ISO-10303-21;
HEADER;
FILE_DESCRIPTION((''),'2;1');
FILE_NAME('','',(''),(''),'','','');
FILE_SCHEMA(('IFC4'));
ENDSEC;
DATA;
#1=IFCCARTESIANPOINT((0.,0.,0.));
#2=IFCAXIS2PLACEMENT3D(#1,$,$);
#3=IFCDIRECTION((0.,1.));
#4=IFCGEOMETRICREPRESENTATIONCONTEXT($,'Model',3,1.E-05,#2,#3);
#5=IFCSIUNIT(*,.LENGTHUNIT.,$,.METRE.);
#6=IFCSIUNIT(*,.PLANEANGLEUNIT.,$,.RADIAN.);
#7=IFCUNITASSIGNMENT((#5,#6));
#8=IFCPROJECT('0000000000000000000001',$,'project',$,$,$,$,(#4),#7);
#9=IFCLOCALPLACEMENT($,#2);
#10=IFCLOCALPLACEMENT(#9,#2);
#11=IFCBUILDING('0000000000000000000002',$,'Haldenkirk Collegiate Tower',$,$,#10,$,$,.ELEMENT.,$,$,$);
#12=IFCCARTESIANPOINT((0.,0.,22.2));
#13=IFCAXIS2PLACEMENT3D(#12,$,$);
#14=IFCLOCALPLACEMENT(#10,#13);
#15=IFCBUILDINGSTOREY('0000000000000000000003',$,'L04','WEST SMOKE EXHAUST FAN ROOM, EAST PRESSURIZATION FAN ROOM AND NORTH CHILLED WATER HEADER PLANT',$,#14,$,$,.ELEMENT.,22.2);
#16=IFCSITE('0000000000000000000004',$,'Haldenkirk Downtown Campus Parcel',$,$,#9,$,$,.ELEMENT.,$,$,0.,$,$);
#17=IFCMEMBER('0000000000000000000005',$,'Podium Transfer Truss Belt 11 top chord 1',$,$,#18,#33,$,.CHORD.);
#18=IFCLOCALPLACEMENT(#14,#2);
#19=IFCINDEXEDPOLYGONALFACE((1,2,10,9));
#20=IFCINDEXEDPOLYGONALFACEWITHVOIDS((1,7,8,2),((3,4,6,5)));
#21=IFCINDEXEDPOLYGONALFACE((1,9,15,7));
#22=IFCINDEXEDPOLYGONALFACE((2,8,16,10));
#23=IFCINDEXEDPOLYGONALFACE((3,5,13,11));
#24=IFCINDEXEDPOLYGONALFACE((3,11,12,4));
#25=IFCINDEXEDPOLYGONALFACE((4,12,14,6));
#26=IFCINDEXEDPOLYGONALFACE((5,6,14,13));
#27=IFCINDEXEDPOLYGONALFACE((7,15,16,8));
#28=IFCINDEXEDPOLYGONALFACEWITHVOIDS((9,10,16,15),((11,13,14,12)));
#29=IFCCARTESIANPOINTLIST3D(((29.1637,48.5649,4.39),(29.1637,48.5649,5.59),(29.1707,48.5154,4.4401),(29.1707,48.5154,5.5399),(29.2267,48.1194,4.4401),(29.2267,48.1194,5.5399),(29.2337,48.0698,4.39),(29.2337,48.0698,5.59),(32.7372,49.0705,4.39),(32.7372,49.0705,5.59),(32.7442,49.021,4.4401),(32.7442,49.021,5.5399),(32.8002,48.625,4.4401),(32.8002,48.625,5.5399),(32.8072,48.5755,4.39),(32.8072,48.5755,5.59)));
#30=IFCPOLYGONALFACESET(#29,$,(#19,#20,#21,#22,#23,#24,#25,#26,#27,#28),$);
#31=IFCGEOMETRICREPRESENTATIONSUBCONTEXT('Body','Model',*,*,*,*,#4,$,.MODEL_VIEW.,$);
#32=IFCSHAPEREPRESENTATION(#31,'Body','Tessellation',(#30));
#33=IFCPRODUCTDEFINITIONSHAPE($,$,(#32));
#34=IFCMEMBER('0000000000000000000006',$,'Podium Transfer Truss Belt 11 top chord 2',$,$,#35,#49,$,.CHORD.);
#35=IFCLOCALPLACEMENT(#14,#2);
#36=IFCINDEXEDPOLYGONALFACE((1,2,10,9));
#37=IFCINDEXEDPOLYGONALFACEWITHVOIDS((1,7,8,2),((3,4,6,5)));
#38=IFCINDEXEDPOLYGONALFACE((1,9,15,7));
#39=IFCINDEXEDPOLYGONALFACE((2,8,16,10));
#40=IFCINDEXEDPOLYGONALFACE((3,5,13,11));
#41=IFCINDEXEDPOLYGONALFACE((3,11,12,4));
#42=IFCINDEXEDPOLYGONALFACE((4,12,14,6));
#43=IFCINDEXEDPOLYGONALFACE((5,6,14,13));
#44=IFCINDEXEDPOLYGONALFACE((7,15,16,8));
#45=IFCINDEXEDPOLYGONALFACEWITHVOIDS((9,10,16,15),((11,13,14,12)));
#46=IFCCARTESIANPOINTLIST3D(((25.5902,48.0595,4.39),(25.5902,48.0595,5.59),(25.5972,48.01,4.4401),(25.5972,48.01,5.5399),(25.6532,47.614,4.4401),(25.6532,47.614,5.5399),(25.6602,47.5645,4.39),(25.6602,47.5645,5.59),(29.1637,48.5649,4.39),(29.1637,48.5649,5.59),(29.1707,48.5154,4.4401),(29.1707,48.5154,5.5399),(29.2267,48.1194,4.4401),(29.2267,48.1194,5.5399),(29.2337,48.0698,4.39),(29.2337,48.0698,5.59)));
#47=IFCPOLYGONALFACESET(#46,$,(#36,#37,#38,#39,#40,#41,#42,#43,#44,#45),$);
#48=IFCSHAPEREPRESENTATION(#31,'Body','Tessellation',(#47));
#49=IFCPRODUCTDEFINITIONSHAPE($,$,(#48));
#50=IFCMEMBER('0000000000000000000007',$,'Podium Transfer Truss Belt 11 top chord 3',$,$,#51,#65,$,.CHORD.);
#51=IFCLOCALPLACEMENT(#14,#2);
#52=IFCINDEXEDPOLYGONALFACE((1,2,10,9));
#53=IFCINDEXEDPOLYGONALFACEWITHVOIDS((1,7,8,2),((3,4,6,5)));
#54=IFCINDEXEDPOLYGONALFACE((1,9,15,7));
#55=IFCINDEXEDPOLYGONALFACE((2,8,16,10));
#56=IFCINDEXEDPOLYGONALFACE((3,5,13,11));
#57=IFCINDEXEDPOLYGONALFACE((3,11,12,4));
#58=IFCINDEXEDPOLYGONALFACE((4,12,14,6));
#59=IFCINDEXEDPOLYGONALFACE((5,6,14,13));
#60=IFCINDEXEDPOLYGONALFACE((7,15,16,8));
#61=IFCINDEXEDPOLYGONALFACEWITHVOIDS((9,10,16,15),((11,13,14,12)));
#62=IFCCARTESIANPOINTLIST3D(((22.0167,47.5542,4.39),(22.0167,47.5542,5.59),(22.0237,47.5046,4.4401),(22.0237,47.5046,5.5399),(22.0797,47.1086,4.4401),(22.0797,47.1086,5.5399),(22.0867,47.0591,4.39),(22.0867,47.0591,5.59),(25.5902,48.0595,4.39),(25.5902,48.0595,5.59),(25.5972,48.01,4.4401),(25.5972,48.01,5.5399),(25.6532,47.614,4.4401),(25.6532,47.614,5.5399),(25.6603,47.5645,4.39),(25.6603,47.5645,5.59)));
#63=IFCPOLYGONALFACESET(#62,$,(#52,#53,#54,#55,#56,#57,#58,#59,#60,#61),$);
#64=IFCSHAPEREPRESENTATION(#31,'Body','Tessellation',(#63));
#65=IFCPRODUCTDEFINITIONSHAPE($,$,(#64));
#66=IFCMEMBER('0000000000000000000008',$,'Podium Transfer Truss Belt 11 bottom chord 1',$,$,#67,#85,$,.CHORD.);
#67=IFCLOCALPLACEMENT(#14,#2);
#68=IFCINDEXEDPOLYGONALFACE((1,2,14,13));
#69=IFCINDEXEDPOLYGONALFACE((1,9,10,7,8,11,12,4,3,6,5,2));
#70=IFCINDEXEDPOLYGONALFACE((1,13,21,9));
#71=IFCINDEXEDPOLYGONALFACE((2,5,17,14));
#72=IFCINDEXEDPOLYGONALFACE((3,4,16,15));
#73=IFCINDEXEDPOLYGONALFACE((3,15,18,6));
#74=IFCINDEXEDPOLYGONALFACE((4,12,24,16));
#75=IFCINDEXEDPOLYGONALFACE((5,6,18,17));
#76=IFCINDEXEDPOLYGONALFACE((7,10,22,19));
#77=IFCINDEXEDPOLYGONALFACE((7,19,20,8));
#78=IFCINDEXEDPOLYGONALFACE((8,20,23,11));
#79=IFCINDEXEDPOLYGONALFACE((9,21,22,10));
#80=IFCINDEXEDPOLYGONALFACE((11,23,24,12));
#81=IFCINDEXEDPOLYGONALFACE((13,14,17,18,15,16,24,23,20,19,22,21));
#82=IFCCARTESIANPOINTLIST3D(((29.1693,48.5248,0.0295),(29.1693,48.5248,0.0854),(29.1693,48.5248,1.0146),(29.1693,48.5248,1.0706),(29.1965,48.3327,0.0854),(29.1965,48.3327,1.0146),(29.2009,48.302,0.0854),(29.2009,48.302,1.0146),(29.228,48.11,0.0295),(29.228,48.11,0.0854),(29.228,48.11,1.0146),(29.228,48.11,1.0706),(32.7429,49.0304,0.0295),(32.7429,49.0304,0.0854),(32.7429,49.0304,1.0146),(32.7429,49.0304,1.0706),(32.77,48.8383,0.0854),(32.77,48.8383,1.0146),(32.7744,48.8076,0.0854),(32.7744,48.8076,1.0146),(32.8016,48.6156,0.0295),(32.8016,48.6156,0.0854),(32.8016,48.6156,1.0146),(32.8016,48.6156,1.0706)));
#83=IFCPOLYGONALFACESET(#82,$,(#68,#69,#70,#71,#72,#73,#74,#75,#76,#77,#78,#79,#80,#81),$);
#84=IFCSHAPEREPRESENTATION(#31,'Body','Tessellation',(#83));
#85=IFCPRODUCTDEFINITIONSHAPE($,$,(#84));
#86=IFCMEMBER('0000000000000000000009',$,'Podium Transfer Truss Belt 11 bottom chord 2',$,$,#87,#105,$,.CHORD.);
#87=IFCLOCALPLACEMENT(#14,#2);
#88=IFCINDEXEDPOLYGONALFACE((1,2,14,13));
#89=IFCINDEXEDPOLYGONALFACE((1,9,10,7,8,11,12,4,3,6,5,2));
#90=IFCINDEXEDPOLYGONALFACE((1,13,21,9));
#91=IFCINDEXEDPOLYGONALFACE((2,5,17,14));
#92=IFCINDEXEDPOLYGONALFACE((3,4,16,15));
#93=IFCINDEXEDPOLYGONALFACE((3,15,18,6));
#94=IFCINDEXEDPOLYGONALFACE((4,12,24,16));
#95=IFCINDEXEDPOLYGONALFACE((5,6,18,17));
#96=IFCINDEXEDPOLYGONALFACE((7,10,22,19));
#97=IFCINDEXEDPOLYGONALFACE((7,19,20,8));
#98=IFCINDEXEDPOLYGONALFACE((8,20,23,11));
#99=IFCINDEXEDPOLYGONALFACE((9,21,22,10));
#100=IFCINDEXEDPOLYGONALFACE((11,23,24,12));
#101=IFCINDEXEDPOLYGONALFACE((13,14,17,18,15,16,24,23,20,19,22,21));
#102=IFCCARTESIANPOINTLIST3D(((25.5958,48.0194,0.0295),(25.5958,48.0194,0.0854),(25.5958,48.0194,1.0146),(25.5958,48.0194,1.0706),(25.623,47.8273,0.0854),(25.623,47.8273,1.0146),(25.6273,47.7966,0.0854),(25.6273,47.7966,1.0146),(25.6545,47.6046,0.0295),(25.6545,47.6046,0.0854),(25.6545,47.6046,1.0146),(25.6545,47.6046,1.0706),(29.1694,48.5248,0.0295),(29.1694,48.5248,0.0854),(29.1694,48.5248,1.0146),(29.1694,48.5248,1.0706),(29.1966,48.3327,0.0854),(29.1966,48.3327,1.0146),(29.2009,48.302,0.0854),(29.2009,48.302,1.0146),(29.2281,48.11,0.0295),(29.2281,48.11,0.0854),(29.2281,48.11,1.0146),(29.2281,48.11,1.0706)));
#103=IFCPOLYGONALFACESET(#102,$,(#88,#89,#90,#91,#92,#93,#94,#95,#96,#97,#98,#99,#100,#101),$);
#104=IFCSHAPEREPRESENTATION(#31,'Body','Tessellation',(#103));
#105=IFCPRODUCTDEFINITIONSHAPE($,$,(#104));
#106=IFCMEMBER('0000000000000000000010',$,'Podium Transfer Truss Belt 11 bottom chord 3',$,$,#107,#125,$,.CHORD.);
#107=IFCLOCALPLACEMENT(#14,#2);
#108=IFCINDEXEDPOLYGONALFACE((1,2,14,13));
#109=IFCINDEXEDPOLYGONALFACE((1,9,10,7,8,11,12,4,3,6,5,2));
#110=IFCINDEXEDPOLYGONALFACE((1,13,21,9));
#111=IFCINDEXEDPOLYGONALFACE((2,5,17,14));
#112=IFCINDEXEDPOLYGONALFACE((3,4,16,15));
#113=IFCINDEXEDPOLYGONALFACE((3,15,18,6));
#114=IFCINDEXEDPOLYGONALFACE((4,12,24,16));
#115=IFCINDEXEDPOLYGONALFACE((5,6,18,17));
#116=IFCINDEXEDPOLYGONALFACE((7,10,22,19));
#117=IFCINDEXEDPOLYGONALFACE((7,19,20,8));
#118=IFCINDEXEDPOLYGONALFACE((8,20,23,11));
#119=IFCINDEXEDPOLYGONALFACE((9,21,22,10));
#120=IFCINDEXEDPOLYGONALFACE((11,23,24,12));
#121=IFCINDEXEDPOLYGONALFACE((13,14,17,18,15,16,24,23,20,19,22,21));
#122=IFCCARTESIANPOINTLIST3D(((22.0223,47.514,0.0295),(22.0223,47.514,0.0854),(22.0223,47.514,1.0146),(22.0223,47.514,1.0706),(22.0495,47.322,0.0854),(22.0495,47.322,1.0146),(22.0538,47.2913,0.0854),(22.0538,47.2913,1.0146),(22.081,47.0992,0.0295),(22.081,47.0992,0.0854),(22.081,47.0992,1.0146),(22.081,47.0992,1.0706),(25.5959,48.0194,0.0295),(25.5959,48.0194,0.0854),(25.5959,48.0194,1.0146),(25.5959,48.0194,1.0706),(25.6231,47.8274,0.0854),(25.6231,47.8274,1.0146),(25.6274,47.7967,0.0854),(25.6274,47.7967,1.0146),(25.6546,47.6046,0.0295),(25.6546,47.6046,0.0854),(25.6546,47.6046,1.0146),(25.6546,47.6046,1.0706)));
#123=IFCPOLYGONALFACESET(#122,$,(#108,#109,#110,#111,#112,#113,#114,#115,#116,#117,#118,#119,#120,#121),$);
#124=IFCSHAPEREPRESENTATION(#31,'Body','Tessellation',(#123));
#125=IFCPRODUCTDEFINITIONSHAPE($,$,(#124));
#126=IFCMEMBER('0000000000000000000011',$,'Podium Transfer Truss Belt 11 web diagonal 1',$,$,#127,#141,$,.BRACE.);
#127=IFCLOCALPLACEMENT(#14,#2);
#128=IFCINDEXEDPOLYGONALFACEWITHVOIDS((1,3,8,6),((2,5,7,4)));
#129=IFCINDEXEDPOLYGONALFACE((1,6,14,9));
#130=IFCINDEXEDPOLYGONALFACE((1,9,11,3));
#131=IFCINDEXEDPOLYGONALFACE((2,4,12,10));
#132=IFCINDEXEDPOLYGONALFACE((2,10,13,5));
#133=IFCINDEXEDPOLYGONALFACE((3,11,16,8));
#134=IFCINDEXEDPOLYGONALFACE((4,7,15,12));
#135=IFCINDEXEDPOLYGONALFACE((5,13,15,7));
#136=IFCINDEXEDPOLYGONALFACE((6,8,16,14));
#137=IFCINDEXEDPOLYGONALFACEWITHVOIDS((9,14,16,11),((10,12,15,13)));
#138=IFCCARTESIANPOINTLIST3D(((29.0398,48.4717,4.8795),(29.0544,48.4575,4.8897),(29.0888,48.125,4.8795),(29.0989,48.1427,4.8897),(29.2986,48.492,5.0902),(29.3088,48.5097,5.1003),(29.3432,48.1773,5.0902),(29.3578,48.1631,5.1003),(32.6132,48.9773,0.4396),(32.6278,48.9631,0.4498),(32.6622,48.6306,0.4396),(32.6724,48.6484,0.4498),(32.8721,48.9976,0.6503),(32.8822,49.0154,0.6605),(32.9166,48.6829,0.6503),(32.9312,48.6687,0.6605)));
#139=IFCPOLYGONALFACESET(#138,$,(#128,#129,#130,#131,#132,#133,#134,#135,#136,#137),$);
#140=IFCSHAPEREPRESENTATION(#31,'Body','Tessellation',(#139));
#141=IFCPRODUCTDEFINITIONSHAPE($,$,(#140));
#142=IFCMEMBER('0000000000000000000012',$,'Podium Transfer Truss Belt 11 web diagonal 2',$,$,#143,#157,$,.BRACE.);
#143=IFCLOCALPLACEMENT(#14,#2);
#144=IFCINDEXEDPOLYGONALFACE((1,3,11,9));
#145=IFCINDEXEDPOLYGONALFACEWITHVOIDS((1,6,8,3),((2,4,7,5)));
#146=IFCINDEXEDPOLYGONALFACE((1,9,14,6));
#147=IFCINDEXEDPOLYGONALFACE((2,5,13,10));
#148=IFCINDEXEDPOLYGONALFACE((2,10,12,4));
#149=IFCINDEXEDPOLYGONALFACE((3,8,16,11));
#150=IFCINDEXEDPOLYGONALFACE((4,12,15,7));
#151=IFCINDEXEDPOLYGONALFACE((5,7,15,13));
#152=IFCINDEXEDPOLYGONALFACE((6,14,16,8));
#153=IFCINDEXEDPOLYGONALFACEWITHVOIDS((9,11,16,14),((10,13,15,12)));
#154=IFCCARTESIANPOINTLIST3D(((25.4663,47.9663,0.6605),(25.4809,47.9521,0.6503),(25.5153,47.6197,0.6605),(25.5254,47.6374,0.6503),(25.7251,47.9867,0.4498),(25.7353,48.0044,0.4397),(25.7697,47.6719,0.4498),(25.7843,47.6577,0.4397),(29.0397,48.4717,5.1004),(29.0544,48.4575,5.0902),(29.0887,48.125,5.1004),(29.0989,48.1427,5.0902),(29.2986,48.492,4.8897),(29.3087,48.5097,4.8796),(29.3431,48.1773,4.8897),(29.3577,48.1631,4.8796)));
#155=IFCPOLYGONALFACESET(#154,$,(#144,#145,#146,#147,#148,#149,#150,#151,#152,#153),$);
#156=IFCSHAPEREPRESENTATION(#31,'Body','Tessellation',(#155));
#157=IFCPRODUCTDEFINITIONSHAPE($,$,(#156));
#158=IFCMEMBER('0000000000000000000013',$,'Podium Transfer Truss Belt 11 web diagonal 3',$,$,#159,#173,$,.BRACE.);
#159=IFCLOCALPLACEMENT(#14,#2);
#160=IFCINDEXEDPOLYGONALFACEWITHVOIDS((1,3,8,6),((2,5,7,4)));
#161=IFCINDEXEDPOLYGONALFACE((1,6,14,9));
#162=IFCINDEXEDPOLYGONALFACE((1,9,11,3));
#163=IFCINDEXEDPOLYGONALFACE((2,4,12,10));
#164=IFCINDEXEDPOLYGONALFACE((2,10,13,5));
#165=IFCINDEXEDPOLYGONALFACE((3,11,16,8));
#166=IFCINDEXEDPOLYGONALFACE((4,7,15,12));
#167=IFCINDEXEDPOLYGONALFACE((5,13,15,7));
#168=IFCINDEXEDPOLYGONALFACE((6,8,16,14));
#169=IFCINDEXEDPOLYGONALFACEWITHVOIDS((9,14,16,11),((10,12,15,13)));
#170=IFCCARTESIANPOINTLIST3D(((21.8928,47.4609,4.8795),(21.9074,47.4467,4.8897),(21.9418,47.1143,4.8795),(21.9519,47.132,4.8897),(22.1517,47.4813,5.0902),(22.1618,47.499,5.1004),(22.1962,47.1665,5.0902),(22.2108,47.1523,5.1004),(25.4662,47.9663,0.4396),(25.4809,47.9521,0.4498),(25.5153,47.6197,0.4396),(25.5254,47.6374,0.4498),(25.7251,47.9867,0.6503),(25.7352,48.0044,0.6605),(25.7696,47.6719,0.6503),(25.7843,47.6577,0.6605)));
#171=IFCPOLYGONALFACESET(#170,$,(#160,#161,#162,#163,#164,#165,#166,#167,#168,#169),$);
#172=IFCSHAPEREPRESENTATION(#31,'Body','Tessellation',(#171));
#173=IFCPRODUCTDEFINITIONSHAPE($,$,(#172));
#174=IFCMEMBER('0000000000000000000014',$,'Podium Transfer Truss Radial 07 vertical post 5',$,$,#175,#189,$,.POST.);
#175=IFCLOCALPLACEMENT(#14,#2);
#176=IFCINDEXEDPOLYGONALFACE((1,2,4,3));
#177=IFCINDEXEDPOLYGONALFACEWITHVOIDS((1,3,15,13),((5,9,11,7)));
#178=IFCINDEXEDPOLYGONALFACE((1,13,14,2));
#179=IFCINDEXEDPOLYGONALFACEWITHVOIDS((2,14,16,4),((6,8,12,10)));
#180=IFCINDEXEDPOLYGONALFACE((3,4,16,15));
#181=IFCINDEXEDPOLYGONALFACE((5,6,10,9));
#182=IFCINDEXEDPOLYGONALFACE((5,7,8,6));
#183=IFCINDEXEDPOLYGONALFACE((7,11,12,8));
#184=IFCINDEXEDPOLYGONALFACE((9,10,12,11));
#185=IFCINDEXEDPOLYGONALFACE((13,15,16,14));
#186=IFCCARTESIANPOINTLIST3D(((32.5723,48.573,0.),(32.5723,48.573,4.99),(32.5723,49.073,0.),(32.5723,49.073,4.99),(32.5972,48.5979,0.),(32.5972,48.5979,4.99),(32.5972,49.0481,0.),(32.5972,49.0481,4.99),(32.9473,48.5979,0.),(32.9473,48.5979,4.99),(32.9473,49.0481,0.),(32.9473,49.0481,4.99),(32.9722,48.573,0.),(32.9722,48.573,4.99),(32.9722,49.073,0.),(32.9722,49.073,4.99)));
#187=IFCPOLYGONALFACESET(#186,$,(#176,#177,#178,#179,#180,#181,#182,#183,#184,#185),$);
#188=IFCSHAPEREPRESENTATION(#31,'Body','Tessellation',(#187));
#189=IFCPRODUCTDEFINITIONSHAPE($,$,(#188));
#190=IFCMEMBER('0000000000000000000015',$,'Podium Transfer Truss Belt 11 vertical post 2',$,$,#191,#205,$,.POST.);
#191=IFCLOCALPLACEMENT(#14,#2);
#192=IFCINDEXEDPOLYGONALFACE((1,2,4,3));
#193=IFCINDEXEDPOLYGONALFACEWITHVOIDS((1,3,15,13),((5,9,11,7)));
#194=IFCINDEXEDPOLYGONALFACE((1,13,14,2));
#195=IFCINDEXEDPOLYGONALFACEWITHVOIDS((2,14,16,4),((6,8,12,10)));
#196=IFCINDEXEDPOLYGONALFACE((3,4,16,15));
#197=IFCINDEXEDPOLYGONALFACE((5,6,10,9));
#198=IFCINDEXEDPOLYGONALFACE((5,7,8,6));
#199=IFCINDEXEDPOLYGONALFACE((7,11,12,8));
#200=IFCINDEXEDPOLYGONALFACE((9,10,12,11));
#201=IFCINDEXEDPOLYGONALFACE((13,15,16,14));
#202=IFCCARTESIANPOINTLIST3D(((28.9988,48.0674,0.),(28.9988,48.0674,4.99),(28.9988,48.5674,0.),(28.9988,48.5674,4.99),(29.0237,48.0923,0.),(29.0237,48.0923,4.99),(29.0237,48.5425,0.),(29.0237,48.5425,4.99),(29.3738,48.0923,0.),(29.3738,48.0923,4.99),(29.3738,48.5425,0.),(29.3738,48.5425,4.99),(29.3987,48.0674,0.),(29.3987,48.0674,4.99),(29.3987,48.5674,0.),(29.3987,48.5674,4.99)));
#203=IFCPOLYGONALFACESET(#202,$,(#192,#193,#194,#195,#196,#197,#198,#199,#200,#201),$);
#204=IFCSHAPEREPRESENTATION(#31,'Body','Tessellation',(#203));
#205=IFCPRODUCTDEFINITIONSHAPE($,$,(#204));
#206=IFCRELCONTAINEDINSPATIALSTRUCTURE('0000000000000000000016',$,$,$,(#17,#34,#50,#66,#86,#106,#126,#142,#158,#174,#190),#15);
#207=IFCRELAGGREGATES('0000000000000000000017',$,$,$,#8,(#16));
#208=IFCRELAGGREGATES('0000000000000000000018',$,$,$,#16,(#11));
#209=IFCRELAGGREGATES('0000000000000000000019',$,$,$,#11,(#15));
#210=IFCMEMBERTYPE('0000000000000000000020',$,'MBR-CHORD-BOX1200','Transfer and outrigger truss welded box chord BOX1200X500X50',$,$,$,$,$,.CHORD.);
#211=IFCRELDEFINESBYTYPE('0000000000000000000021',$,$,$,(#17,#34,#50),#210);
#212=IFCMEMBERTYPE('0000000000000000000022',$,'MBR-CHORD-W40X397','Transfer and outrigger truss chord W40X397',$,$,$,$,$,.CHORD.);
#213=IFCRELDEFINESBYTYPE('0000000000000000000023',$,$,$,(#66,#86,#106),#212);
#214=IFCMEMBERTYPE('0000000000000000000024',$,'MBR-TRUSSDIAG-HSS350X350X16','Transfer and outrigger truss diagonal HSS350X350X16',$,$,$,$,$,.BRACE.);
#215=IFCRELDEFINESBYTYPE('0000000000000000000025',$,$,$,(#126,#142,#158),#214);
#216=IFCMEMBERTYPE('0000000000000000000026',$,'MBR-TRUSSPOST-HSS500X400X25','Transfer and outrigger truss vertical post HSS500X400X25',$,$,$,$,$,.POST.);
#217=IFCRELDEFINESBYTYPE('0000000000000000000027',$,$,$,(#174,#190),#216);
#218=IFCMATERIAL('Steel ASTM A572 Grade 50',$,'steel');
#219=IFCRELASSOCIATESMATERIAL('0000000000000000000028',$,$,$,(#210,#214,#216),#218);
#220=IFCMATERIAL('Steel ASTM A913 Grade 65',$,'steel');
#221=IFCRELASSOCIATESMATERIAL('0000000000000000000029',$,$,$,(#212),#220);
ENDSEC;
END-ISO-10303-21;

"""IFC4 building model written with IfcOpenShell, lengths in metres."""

from ifc_helpers import new_model, si_unit, direction, frame, origin, origin_2d, place, context, subcontext, project, spatial, hollow_rectangle, i_section, extrude, material, material_profile, profile_set, type_object, element, save


model = new_model("IFC4")

# Units and contexts
model_context = context("Model", 3, precision=1e-05, world=origin(), true_north=direction((0.0, 1.0)))
body_context = subcontext(model_context, "Body", "Model", "MODEL_VIEW")
ifc_project = project(units=[si_unit("LENGTHUNIT", "METRE"), si_unit("PLANEANGLEUNIT", "RADIAN")], contexts=[model_context])

# Site, building, storey
site_placement = place(None, origin())
site = spatial("IfcSite", under=ifc_project, at=site_placement, Name="Haldenkirk Downtown Campus Parcel", CompositionType="ELEMENT", RefElevation=0.0)
building_placement = place(site_placement, origin())
building = spatial("IfcBuilding", under=site, at=building_placement, Name="Haldenkirk Collegiate Tower", CompositionType="ELEMENT")
storey_placement = place(building_placement, frame((0.0, 0.0, 22.2)))
storey = spatial("IfcBuildingStorey", under=building, at=storey_placement, Name="L04", Description="WEST SMOKE EXHAUST FAN ROOM, EAST PRESSURIZATION FAN ROOM AND NORTH CHILLED WATER HEADER PLANT", CompositionType="ELEMENT", Elevation=22.2)

# Members
ifc_material_1 = material(Name="Steel ASTM A572 Grade 50", Category="steel")
ifc_material_profile_1 = material_profile(ifc_material_1, hollow_rectangle(XDim=0.5, YDim=1.2, WallThickness=0.05, at=origin_2d()), Name="BOX1200X500X50")
ifc_profile_set_1 = profile_set([ifc_material_profile_1], Name="Steel ASTM A572 Grade 50")
member_type_1 = type_object("IfcMemberType", Name="MBR-CHORD-BOX1200", Description="Transfer and outrigger truss welded box chord BOX1200X500X50", PredefinedType="CHORD", material=ifc_profile_set_1)
for number, where, z_axis, x_axis, name in (
    (1, (32.7722, 48.823, 4.99), (-0.990138, -0.140095, 0.0), (0.140095, -0.990138, 0.0), "Podium Transfer Truss Belt 11 top chord 1"),
    (2, (29.1987, 48.3174, 4.99), (-0.990147, -0.140029, 0.0), (0.140029, -0.990147, 0.0), "Podium Transfer Truss Belt 11 top chord 2"),
    (3, (25.6252, 47.812, 4.99), (-0.990147, -0.140029, 0.0), (0.140029, -0.990147, 0.0), "Podium Transfer Truss Belt 11 top chord 3"),
):
    element("IfcMember", number, at=place(storey_placement, frame(where, z_axis=z_axis, x_axis=x_axis)), inside=storey, type_object=member_type_1, Name=name, PredefinedType="CHORD", context=body_context, shape_type="SweptSolid", body=[
        extrude(hollow_rectangle(XDim=0.5, YDim=1.2, WallThickness=0.05, at=origin_2d()), origin(), (0.0, 0.0, 1.0), 3.6091),
    ])
ifc_material_2 = material(Name="Steel ASTM A913 Grade 65", Category="steel")
ifc_material_profile_2 = material_profile(ifc_material_2, i_section(OverallWidth=0.4189, OverallDepth=1.041, WebThickness=0.031, FlangeThickness=0.0559, at=origin_2d()), Name="W40X397")
ifc_profile_set_2 = profile_set([ifc_material_profile_2], Name="Steel ASTM A913 Grade 65")
member_type_2 = type_object("IfcMemberType", Name="MBR-CHORD-W40X397", Description="Transfer and outrigger truss chord W40X397", PredefinedType="CHORD", material=ifc_profile_set_2)
for number, where, z_axis, x_axis, name in (
    (4, (32.7722, 48.823, 0.55), (-0.990138, -0.140095, 0.0), (0.140095, -0.990138, 0.0), "Podium Transfer Truss Belt 11 bottom chord 1"),
    (5, (29.1987, 48.3174, 0.55), (-0.990147, -0.140029, 0.0), (0.140029, -0.990147, 0.0), "Podium Transfer Truss Belt 11 bottom chord 2"),
    (6, (25.6252, 47.812, 0.55), (-0.990147, -0.140029, 0.0), (0.140029, -0.990147, 0.0), "Podium Transfer Truss Belt 11 bottom chord 3"),
):
    element("IfcMember", number, at=place(storey_placement, frame(where, z_axis=z_axis, x_axis=x_axis)), inside=storey, type_object=member_type_2, Name=name, PredefinedType="CHORD", context=body_context, shape_type="SweptSolid", body=[
        extrude(i_section(OverallWidth=0.4189, OverallDepth=1.041, WebThickness=0.031, FlangeThickness=0.0559, at=origin_2d()), origin(), (0.0, 0.0, 1.0), 3.6091),
    ])
ifc_material_profile_3 = material_profile(ifc_material_1, hollow_rectangle(XDim=0.3501, YDim=0.3501, WallThickness=0.0161, at=origin_2d()), Name="HSS350X350X16")
ifc_profile_set_3 = profile_set([ifc_material_profile_3], Name="Steel ASTM A572 Grade 50")
member_type_3 = type_object("IfcMemberType", Name="MBR-TRUSSDIAG-HSS350X350X16", Description="Transfer and outrigger truss diagonal HSS350X350X16", PredefinedType="BRACE", material=ifc_profile_set_3)
for number, where, z_axis, x_axis, name in (
    (7, (32.7722, 48.823, 0.55), (-0.624543, -0.088367, 0.775975), (0.140095, -0.990138, 0.0), "Podium Transfer Truss Belt 11 web diagonal 1"),
    (8, (29.1987, 48.3174, 4.99), (-0.624546, -0.088325, -0.775978), (0.140029, -0.990147, 0.0), "Podium Transfer Truss Belt 11 web diagonal 2"),
    (9, (25.6252, 47.812, 0.55), (-0.624546, -0.088325, 0.775978), (0.140029, -0.990147, 0.0), "Podium Transfer Truss Belt 11 web diagonal 3"),
):
    element("IfcMember", number, at=place(storey_placement, frame(where, z_axis=z_axis, x_axis=x_axis)), inside=storey, type_object=member_type_3, Name=name, PredefinedType="BRACE", context=body_context, shape_type="SweptSolid", body=[
        extrude(hollow_rectangle(XDim=0.3501, YDim=0.3501, WallThickness=0.0161, at=origin_2d()), origin(), (0.0, 0.0, 1.0), 5.7217),
    ])
ifc_material_profile_4 = material_profile(ifc_material_1, hollow_rectangle(XDim=0.3999, YDim=0.5, WallThickness=0.0249, at=origin_2d()), Name="HSS500X400X25")
ifc_profile_set_4 = profile_set([ifc_material_profile_4], Name="Steel ASTM A572 Grade 50")
member_type_4 = type_object("IfcMemberType", Name="MBR-TRUSSPOST-HSS500X400X25", Description="Transfer and outrigger truss vertical post HSS500X400X25", PredefinedType="POST", material=ifc_profile_set_4)
for number, where, z_axis, x_axis, name in (
    (10, (32.7722, 48.823, 0.0), (0.0, 0.0, 1.0), (1.0, 0.0, 0.0), "Podium Transfer Truss Radial 07 vertical post 5"),
    (11, (29.1987, 48.3174, 0.0), (0.0, 0.0, 1.0), (1.0, 0.0, 0.0), "Podium Transfer Truss Belt 11 vertical post 2"),
):
    element("IfcMember", number, at=place(storey_placement, frame(where, z_axis=z_axis, x_axis=x_axis)), inside=storey, type_object=member_type_4, Name=name, PredefinedType="POST", context=body_context, shape_type="SweptSolid", body=[
        extrude(hollow_rectangle(XDim=0.3999, YDim=0.5, WallThickness=0.0249, at=origin_2d()), origin(), (0.0, 0.0, 1.0), 4.99),
    ])

save(model, "model.ifc")
